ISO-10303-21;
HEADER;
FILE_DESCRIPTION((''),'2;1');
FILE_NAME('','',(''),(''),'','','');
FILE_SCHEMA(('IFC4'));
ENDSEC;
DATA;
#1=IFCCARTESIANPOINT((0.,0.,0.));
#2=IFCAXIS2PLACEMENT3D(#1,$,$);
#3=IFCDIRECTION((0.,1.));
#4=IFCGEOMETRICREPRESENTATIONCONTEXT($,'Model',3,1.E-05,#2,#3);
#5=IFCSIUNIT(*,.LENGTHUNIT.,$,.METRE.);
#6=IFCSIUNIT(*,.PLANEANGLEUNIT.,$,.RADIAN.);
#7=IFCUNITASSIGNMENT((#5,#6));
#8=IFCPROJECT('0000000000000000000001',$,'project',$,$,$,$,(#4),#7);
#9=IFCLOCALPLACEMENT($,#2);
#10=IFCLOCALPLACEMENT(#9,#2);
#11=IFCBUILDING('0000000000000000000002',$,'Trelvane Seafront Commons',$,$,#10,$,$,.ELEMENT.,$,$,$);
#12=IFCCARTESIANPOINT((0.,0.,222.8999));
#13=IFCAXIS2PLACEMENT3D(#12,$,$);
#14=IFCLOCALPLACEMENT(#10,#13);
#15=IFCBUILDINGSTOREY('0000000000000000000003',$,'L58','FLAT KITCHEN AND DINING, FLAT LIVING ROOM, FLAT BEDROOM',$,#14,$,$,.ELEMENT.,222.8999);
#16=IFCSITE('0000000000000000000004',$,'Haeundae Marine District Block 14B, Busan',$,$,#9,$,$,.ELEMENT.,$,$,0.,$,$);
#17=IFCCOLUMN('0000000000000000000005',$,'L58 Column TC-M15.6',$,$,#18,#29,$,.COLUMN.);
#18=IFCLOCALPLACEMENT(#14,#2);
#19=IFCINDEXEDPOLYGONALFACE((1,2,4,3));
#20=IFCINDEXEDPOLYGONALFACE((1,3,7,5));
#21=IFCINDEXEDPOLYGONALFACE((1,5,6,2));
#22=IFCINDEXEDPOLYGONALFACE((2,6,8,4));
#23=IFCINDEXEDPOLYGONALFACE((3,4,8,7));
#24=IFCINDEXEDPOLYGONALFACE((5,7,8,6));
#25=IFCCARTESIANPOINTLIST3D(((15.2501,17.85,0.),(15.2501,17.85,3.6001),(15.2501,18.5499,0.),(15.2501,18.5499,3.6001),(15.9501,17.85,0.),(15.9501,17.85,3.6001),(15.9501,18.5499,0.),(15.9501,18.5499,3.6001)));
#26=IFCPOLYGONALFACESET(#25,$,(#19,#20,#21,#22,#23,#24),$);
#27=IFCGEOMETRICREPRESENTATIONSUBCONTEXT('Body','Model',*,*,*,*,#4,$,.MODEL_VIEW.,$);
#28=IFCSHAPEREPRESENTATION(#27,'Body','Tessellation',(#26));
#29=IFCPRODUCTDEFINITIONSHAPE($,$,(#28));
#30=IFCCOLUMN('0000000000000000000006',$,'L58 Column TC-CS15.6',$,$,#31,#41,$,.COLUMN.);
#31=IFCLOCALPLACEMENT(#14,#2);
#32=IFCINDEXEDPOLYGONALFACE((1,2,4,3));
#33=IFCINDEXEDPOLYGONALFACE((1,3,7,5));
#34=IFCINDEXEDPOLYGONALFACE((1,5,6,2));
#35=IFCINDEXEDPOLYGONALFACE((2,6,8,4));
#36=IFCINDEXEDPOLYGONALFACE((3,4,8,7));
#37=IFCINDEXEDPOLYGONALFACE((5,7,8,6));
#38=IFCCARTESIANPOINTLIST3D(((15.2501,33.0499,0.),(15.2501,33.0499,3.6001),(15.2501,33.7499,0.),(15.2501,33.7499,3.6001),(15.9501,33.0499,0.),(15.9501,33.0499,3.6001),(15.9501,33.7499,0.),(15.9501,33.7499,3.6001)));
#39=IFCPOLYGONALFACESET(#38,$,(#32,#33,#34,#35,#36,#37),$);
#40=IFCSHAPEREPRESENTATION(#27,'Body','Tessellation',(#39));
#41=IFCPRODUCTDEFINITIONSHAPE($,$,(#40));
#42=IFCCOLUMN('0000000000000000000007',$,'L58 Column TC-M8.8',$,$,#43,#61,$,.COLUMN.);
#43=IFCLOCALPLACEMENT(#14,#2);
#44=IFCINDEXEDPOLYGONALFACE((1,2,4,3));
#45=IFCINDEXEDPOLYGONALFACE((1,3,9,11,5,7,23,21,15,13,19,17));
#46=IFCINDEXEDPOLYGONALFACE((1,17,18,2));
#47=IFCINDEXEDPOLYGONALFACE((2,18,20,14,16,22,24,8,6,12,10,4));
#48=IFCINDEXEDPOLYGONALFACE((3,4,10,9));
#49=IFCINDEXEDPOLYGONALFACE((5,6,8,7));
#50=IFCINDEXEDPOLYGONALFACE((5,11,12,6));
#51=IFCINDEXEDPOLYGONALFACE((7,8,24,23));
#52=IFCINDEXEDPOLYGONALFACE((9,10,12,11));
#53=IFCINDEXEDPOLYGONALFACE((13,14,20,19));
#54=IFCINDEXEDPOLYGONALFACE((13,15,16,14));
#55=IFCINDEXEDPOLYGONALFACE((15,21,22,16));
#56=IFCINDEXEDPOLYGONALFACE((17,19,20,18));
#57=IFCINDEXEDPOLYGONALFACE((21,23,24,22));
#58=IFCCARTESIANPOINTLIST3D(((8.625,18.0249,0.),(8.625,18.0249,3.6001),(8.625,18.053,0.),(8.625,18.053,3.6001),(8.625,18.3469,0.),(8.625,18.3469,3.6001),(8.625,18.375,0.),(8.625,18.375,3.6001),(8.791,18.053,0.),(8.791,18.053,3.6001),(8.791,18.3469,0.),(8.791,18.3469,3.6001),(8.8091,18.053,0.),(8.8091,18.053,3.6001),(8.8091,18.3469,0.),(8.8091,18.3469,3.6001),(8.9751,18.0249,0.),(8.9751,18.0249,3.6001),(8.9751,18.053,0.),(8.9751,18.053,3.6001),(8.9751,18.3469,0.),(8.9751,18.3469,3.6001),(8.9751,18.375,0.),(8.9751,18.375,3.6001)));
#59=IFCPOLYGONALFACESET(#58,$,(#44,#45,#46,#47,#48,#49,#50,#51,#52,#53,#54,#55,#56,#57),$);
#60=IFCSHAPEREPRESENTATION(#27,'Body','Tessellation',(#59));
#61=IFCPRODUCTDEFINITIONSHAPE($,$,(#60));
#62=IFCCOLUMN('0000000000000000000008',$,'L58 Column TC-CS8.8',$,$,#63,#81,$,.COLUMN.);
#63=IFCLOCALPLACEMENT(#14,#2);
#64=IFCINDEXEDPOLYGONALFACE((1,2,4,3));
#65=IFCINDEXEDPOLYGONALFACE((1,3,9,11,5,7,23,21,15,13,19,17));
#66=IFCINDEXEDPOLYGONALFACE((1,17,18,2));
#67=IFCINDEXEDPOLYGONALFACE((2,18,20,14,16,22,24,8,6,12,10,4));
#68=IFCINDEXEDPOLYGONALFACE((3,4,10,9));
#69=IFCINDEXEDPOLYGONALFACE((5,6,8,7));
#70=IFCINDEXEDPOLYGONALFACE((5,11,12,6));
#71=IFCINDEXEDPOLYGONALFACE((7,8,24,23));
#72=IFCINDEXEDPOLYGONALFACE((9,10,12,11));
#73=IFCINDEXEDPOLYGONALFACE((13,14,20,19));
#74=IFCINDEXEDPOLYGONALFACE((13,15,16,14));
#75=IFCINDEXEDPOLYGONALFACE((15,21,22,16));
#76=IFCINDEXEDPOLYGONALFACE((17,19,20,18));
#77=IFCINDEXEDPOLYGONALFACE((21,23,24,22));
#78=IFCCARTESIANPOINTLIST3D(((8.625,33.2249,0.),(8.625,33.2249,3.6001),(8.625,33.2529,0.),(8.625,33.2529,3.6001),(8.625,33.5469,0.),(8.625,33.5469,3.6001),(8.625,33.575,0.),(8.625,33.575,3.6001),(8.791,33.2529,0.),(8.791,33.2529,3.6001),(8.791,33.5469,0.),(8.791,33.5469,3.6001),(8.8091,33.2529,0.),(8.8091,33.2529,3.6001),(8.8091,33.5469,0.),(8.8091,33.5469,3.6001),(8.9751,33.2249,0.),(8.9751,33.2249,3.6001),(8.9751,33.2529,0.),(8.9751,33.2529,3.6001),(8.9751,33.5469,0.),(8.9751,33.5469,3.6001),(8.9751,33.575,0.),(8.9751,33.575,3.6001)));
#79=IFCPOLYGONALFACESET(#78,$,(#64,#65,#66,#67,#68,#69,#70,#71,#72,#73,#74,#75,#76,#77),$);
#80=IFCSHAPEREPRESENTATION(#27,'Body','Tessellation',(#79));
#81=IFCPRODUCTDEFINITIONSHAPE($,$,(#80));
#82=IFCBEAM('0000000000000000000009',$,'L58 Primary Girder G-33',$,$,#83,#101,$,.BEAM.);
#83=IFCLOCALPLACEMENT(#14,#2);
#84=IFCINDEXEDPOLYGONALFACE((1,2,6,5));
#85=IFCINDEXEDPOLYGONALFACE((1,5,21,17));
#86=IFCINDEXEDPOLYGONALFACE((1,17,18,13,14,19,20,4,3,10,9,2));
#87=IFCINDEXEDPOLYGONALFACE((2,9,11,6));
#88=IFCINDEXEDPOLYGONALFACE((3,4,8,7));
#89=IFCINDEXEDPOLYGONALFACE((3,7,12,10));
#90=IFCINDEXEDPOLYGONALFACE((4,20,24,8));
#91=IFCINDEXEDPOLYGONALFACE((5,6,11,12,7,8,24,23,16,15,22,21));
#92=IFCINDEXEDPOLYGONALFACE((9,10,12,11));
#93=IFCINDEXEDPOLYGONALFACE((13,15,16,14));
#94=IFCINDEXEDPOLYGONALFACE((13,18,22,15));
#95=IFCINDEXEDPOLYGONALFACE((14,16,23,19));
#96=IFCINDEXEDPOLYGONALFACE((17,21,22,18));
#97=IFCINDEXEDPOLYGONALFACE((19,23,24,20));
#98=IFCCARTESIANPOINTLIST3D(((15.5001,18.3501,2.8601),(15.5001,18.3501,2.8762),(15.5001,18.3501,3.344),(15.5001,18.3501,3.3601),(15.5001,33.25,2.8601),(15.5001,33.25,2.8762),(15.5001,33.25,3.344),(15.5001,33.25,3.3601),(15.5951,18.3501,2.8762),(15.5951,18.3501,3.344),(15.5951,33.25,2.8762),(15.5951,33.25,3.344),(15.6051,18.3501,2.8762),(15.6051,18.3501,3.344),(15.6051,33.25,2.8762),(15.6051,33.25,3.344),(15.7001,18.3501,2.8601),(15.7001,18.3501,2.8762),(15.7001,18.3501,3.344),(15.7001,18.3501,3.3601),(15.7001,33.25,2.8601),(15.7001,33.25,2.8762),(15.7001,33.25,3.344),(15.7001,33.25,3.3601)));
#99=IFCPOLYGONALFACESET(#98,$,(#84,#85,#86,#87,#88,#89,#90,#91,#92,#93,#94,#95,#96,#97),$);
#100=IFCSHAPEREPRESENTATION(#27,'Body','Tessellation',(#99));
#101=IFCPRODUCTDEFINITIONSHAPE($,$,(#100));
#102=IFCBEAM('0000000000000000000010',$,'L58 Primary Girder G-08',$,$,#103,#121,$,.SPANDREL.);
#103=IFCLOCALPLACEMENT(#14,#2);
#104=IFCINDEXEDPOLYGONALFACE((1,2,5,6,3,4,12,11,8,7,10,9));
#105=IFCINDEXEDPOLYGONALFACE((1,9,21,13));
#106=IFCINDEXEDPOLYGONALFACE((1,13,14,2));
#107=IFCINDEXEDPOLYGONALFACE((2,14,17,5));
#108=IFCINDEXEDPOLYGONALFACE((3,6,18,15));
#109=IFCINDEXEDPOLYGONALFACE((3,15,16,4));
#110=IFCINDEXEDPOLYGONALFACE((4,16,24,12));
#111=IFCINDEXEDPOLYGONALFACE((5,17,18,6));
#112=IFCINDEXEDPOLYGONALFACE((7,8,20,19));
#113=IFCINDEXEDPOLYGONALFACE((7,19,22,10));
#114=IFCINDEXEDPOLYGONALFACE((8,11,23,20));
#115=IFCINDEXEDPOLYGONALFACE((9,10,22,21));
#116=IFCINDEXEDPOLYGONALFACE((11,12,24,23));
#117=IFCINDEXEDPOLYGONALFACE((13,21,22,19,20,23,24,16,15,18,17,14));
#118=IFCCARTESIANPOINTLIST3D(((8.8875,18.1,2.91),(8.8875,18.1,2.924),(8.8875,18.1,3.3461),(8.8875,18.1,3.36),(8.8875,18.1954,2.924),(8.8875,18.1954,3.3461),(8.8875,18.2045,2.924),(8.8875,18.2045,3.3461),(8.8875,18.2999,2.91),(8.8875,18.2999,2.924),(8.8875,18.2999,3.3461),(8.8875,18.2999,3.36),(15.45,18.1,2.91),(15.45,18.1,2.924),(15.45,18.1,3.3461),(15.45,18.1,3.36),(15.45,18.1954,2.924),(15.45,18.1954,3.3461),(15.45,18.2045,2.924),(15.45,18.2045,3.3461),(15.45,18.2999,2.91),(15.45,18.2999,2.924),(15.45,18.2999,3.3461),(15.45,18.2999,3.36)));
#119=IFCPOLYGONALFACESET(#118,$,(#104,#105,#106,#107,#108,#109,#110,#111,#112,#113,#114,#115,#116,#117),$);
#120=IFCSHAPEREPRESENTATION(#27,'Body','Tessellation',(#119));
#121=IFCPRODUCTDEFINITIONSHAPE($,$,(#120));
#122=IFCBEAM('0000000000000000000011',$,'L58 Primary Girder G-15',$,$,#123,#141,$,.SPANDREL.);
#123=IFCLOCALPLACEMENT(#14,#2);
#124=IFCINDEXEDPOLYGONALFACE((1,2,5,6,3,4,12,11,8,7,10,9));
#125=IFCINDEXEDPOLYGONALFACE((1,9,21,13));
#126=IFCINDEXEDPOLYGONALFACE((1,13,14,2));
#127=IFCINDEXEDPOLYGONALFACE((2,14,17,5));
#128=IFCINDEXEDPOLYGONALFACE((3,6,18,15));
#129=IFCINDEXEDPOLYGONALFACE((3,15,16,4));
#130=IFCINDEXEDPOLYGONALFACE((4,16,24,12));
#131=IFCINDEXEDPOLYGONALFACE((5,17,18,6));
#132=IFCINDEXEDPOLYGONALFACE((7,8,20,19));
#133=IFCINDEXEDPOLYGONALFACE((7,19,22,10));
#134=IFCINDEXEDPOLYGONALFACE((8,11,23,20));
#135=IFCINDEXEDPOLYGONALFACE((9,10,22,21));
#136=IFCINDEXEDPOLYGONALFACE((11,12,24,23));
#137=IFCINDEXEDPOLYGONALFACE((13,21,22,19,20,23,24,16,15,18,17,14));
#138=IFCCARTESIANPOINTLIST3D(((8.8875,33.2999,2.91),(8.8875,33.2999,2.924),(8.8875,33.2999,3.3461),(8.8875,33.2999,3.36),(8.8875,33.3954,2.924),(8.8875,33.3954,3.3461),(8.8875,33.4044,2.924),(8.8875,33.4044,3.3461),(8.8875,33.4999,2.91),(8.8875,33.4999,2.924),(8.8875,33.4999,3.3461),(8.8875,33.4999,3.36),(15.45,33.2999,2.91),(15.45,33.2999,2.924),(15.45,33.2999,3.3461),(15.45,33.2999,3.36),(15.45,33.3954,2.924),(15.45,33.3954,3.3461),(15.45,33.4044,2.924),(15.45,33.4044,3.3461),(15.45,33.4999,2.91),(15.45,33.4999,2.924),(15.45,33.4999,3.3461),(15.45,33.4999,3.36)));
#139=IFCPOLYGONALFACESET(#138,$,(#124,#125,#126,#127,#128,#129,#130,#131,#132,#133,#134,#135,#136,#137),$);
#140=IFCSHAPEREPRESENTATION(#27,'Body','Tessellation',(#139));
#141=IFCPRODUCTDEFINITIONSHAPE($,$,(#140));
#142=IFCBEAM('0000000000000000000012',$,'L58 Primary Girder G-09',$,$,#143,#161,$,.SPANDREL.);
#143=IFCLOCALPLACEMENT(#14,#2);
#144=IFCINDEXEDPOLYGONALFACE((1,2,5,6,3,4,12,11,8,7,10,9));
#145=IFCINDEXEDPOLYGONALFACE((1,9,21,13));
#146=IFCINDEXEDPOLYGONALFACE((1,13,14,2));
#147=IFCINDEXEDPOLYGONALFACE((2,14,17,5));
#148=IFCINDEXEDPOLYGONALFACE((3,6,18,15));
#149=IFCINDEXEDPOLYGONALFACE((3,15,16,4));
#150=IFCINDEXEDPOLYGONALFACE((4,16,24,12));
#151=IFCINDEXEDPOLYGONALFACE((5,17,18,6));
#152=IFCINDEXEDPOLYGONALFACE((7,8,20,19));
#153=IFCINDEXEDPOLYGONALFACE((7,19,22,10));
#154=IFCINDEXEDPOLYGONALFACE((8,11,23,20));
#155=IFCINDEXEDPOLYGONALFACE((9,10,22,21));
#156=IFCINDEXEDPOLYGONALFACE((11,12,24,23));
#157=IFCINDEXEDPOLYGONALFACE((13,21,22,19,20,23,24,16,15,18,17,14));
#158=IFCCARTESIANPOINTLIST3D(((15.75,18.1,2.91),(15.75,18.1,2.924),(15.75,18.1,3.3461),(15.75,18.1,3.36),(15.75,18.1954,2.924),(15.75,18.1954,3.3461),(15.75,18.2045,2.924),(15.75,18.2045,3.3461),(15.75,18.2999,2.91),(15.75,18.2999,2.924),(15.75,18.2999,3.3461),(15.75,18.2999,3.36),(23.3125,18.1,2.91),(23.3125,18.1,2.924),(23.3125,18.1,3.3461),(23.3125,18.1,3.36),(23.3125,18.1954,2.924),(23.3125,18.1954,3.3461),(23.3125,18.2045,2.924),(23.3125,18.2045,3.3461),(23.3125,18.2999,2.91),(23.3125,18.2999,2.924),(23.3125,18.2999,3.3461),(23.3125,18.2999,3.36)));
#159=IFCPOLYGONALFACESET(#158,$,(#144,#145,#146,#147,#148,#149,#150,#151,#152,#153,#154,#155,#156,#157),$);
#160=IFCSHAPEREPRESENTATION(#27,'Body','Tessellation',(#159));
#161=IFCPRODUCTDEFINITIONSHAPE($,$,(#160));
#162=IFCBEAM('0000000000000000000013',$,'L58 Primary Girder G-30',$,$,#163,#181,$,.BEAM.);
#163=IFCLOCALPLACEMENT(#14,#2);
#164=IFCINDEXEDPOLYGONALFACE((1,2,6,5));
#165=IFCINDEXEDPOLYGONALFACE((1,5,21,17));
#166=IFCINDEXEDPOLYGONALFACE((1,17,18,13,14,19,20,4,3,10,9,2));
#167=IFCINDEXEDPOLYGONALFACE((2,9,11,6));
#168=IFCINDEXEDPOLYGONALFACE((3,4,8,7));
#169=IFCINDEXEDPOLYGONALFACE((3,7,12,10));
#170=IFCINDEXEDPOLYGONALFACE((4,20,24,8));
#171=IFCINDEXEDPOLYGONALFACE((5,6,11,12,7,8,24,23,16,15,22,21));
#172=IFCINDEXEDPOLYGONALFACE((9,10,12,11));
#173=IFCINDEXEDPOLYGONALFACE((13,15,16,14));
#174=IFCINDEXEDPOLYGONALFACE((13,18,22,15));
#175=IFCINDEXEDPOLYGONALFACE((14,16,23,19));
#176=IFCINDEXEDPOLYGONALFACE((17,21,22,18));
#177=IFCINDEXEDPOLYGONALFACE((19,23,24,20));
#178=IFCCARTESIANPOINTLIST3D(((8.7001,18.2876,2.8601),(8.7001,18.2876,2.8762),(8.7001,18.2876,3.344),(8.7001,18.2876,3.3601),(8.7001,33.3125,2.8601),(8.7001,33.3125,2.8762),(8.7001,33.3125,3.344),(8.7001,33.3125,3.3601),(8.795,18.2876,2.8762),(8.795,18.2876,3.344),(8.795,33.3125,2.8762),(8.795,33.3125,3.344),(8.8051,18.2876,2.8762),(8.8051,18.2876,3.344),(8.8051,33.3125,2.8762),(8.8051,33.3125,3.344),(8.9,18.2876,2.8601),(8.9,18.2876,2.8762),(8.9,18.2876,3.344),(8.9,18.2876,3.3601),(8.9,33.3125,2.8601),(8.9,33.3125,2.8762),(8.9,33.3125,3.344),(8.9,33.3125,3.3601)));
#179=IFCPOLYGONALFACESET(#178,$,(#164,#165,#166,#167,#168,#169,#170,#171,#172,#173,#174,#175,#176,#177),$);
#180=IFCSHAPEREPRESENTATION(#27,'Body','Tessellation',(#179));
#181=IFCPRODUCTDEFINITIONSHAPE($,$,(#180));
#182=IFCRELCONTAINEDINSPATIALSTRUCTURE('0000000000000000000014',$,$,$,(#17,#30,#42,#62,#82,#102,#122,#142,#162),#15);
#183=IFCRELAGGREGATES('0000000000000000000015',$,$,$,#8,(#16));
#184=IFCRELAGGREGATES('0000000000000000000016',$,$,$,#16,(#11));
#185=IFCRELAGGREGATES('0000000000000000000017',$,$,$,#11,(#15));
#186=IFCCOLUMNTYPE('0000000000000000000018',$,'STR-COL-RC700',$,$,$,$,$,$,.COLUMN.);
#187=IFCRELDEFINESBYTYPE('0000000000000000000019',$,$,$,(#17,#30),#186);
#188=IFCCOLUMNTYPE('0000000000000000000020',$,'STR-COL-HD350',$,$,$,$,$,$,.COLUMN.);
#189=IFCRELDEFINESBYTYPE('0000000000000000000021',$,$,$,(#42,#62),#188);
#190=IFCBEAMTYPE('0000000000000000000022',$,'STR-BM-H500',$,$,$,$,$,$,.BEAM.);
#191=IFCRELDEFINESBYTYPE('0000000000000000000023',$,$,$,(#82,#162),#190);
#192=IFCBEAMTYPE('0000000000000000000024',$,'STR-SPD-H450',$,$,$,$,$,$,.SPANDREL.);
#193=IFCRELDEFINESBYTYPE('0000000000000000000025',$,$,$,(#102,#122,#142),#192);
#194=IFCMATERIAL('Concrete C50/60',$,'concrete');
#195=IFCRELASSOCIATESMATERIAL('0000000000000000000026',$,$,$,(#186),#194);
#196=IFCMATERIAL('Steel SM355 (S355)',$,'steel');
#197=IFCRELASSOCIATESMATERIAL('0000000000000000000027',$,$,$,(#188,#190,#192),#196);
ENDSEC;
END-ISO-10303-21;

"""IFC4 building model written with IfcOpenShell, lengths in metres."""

from ifc_helpers import new_model, si_unit, direction, frame, origin, origin_2d, place, context, subcontext, project, spatial, rectangle, i_section, extrude, source, transform, mapped, material, material_profile, profile_set, type_object, element, save


model = new_model("IFC4")

# Units and contexts
model_context = context("Model", 3, precision=1e-05, world=origin(), true_north=direction((0.0, 1.0)))
body_context = subcontext(model_context, "Body", "Model", "MODEL_VIEW")
ifc_project = project(units=[si_unit("LENGTHUNIT", "METRE"), si_unit("PLANEANGLEUNIT", "RADIAN")], contexts=[model_context])

# Site, building, storey
site_placement = place(None, origin())
site = spatial("IfcSite", under=ifc_project, at=site_placement, Name="Haeundae Marine District Block 14B, Busan", CompositionType="ELEMENT", RefElevation=0.0)
building_placement = place(site_placement, origin())
building = spatial("IfcBuilding", under=site, at=building_placement, Name="Trelvane Seafront Commons", CompositionType="ELEMENT")
storey_placement = place(building_placement, frame((0.0, 0.0, 222.8999)))
storey = spatial("IfcBuildingStorey", under=building, at=storey_placement, Name="L58", Description="FLAT KITCHEN AND DINING, FLAT LIVING ROOM, FLAT BEDROOM", CompositionType="ELEMENT", Elevation=222.8999)

# Columns
ifc_material_1 = material(Name="Concrete C50/60", Category="concrete")
ifc_material_profile_1 = material_profile(ifc_material_1, rectangle(XDim=0.7, YDim=0.7, at=origin_2d()), Name="RC-700x700")
ifc_profile_set_1 = profile_set([ifc_material_profile_1], Name="Concrete C50/60")
column_type_1 = type_object("IfcColumnType", Name="STR-COL-RC700", PredefinedType="COLUMN", material=ifc_profile_set_1)
shared_shape_1 = source(origin(), body_context, "Body", "SweptSolid", [
    extrude(rectangle(XDim=0.7, YDim=0.7, at=origin_2d()), origin(), (0.0, 0.0, 1.0), 3.6001),
])
for number, where, z_axis, x_axis, name in (
    (1, (15.6001, 18.2, 0.0), (0.0, 0.0, 1.0), (1.0, 0.0, 0.0), "L58 Column TC-M15.6"),
    (2, (15.6001, 33.3999, 0.0), (0.0, 0.0, 1.0), (1.0, 0.0, 0.0), "L58 Column TC-CS15.6"),
):
    element("IfcColumn", number, at=place(storey_placement, frame(where, z_axis=z_axis, x_axis=x_axis)), inside=storey, type_object=column_type_1, Name=name, PredefinedType="COLUMN", context=body_context, shape_type="MappedRepresentation", body=[
        mapped(shared_shape_1, transform((0.0, 0.0, 0.0), x_axis=(1.0, 0.0, 0.0), y_axis=(0.0, 1.0, 0.0), z_axis=(0.0, 0.0, 1.0), scale=1.0)),
    ])
ifc_material_2 = material(Name="Steel SM355 (S355)", Category="steel")
ifc_material_profile_2 = material_profile(ifc_material_2, i_section(OverallWidth=0.3501, OverallDepth=0.3501, WebThickness=0.0181, FlangeThickness=0.0281, at=origin_2d()), Name="HD-350x350x18x28")
ifc_profile_set_2 = profile_set([ifc_material_profile_2], Name="Steel SM355 (S355)")
column_type_2 = type_object("IfcColumnType", Name="STR-COL-HD350", PredefinedType="COLUMN", material=ifc_profile_set_2)
shared_shape_2 = source(origin(), body_context, "Body", "SweptSolid", [
    extrude(i_section(OverallWidth=0.3501, OverallDepth=0.3501, WebThickness=0.0181, FlangeThickness=0.0281, at=origin_2d()), origin(), (0.0, 0.0, 1.0), 3.6001),
])
for number, where, z_axis, x_axis, name in (
    (3, (8.8, 18.2, 0.0), (0.0, 0.0, 1.0), (1.0, 0.0, 0.0), "L58 Column TC-M8.8"),
    (4, (8.8, 33.3999, 0.0), (0.0, 0.0, 1.0), (1.0, 0.0, 0.0), "L58 Column TC-CS8.8"),
):
    element("IfcColumn", number, at=place(storey_placement, frame(where, z_axis=z_axis, x_axis=x_axis)), inside=storey, type_object=column_type_2, Name=name, PredefinedType="COLUMN", context=body_context, shape_type="MappedRepresentation", body=[
        mapped(shared_shape_2, transform((0.0, 0.0, 0.0), x_axis=(1.0, 0.0, 0.0), y_axis=(0.0, 1.0, 0.0), z_axis=(0.0, 0.0, 1.0), scale=1.0)),
    ])

# Beams
ifc_material_profile_3 = material_profile(ifc_material_2, i_section(OverallWidth=0.2, OverallDepth=0.5, WebThickness=0.01, FlangeThickness=0.0161, at=origin_2d()), Name="H-500x200x10x16")
ifc_profile_set_3 = profile_set([ifc_material_profile_3], Name="Steel SM355 (S355)")
beam_type_1 = type_object("IfcBeamType", Name="STR-BM-H500", PredefinedType="BEAM", material=ifc_profile_set_3)
shared_shape_3 = source(origin(), body_context, "Body", "SweptSolid", [
    extrude(i_section(OverallWidth=0.2, OverallDepth=0.5, WebThickness=0.01, FlangeThickness=0.0161, at=origin_2d()), origin(), (0.0, 0.0, 1.0), 14.8999),
])
beam_1_placement = place(storey_placement, frame((15.6001, 18.3501, 3.1101), z_axis=(0.0, 1.0, 0.0), x_axis=(-1.0, 0.0, 0.0)))
element("IfcBeam", 5, at=beam_1_placement, inside=storey, type_object=beam_type_1, Name="L58 Primary Girder G-33", PredefinedType="BEAM", context=body_context, shape_type="MappedRepresentation", body=[
    mapped(shared_shape_3, transform((0.0, 0.0, 0.0), x_axis=(1.0, 0.0, 0.0), y_axis=(0.0, 1.0, 0.0), z_axis=(0.0, 0.0, 1.0), scale=1.0)),
])
ifc_material_profile_4 = material_profile(ifc_material_2, i_section(OverallWidth=0.2, OverallDepth=0.45, WebThickness=0.009, FlangeThickness=0.0139, at=origin_2d()), Name="H-450x200x9x14")
ifc_profile_set_4 = profile_set([ifc_material_profile_4], Name="Steel SM355 (S355)")
beam_type_2 = type_object("IfcBeamType", Name="STR-SPD-H450", PredefinedType="SPANDREL", material=ifc_profile_set_4)
shared_shape_4 = source(origin(), body_context, "Body", "SweptSolid", [
    extrude(i_section(OverallWidth=0.2, OverallDepth=0.45, WebThickness=0.009, FlangeThickness=0.0139, at=origin_2d()), origin(), (0.0, 0.0, 1.0), 6.5625),
])
for number, where, z_axis, x_axis, name in (
    (6, (8.8875, 18.2, 3.135), (1.0, 0.0, 0.0), (0.0, 1.0, 0.0), "L58 Primary Girder G-08"),
    (7, (8.8875, 33.3999, 3.135), (1.0, 0.0, 0.0), (0.0, 1.0, 0.0), "L58 Primary Girder G-15"),
):
    element("IfcBeam", number, at=place(storey_placement, frame(where, z_axis=z_axis, x_axis=x_axis)), inside=storey, type_object=beam_type_2, Name=name, PredefinedType="SPANDREL", context=body_context, shape_type="MappedRepresentation", body=[
        mapped(shared_shape_4, transform((0.0, 0.0, 0.0), x_axis=(1.0, 0.0, 0.0), y_axis=(0.0, 1.0, 0.0), z_axis=(0.0, 0.0, 1.0), scale=1.0)),
    ])
shared_shape_5 = source(origin(), body_context, "Body", "SweptSolid", [
    extrude(i_section(OverallWidth=0.2, OverallDepth=0.45, WebThickness=0.009, FlangeThickness=0.0139, at=origin_2d()), origin(), (0.0, 0.0, 1.0), 7.5625),
])
beam_2_placement = place(storey_placement, frame((15.75, 18.2, 3.135), z_axis=(1.0, 0.0, 0.0), x_axis=(0.0, 1.0, 0.0)))
element("IfcBeam", 8, at=beam_2_placement, inside=storey, type_object=beam_type_2, Name="L58 Primary Girder G-09", PredefinedType="SPANDREL", context=body_context, shape_type="MappedRepresentation", body=[
    mapped(shared_shape_5, transform((0.0, 0.0, 0.0), x_axis=(1.0, 0.0, 0.0), y_axis=(0.0, 1.0, 0.0), z_axis=(0.0, 0.0, 1.0), scale=1.0)),
])
shared_shape_6 = source(origin(), body_context, "Body", "SweptSolid", [
    extrude(i_section(OverallWidth=0.2, OverallDepth=0.5, WebThickness=0.01, FlangeThickness=0.0161, at=origin_2d()), origin(), (0.0, 0.0, 1.0), 15.0249),
])
beam_3_placement = place(storey_placement, frame((8.8, 18.2876, 3.1101), z_axis=(0.0, 1.0, 0.0), x_axis=(-1.0, 0.0, 0.0)))
element("IfcBeam", 9, at=beam_3_placement, inside=storey, type_object=beam_type_1, Name="L58 Primary Girder G-30", PredefinedType="BEAM", context=body_context, shape_type="MappedRepresentation", body=[
    mapped(shared_shape_6, transform((0.0, 0.0, 0.0), x_axis=(1.0, 0.0, 0.0), y_axis=(0.0, 1.0, 0.0), z_axis=(0.0, 0.0, 1.0), scale=1.0)),
])

save(model, "model.ifc")
